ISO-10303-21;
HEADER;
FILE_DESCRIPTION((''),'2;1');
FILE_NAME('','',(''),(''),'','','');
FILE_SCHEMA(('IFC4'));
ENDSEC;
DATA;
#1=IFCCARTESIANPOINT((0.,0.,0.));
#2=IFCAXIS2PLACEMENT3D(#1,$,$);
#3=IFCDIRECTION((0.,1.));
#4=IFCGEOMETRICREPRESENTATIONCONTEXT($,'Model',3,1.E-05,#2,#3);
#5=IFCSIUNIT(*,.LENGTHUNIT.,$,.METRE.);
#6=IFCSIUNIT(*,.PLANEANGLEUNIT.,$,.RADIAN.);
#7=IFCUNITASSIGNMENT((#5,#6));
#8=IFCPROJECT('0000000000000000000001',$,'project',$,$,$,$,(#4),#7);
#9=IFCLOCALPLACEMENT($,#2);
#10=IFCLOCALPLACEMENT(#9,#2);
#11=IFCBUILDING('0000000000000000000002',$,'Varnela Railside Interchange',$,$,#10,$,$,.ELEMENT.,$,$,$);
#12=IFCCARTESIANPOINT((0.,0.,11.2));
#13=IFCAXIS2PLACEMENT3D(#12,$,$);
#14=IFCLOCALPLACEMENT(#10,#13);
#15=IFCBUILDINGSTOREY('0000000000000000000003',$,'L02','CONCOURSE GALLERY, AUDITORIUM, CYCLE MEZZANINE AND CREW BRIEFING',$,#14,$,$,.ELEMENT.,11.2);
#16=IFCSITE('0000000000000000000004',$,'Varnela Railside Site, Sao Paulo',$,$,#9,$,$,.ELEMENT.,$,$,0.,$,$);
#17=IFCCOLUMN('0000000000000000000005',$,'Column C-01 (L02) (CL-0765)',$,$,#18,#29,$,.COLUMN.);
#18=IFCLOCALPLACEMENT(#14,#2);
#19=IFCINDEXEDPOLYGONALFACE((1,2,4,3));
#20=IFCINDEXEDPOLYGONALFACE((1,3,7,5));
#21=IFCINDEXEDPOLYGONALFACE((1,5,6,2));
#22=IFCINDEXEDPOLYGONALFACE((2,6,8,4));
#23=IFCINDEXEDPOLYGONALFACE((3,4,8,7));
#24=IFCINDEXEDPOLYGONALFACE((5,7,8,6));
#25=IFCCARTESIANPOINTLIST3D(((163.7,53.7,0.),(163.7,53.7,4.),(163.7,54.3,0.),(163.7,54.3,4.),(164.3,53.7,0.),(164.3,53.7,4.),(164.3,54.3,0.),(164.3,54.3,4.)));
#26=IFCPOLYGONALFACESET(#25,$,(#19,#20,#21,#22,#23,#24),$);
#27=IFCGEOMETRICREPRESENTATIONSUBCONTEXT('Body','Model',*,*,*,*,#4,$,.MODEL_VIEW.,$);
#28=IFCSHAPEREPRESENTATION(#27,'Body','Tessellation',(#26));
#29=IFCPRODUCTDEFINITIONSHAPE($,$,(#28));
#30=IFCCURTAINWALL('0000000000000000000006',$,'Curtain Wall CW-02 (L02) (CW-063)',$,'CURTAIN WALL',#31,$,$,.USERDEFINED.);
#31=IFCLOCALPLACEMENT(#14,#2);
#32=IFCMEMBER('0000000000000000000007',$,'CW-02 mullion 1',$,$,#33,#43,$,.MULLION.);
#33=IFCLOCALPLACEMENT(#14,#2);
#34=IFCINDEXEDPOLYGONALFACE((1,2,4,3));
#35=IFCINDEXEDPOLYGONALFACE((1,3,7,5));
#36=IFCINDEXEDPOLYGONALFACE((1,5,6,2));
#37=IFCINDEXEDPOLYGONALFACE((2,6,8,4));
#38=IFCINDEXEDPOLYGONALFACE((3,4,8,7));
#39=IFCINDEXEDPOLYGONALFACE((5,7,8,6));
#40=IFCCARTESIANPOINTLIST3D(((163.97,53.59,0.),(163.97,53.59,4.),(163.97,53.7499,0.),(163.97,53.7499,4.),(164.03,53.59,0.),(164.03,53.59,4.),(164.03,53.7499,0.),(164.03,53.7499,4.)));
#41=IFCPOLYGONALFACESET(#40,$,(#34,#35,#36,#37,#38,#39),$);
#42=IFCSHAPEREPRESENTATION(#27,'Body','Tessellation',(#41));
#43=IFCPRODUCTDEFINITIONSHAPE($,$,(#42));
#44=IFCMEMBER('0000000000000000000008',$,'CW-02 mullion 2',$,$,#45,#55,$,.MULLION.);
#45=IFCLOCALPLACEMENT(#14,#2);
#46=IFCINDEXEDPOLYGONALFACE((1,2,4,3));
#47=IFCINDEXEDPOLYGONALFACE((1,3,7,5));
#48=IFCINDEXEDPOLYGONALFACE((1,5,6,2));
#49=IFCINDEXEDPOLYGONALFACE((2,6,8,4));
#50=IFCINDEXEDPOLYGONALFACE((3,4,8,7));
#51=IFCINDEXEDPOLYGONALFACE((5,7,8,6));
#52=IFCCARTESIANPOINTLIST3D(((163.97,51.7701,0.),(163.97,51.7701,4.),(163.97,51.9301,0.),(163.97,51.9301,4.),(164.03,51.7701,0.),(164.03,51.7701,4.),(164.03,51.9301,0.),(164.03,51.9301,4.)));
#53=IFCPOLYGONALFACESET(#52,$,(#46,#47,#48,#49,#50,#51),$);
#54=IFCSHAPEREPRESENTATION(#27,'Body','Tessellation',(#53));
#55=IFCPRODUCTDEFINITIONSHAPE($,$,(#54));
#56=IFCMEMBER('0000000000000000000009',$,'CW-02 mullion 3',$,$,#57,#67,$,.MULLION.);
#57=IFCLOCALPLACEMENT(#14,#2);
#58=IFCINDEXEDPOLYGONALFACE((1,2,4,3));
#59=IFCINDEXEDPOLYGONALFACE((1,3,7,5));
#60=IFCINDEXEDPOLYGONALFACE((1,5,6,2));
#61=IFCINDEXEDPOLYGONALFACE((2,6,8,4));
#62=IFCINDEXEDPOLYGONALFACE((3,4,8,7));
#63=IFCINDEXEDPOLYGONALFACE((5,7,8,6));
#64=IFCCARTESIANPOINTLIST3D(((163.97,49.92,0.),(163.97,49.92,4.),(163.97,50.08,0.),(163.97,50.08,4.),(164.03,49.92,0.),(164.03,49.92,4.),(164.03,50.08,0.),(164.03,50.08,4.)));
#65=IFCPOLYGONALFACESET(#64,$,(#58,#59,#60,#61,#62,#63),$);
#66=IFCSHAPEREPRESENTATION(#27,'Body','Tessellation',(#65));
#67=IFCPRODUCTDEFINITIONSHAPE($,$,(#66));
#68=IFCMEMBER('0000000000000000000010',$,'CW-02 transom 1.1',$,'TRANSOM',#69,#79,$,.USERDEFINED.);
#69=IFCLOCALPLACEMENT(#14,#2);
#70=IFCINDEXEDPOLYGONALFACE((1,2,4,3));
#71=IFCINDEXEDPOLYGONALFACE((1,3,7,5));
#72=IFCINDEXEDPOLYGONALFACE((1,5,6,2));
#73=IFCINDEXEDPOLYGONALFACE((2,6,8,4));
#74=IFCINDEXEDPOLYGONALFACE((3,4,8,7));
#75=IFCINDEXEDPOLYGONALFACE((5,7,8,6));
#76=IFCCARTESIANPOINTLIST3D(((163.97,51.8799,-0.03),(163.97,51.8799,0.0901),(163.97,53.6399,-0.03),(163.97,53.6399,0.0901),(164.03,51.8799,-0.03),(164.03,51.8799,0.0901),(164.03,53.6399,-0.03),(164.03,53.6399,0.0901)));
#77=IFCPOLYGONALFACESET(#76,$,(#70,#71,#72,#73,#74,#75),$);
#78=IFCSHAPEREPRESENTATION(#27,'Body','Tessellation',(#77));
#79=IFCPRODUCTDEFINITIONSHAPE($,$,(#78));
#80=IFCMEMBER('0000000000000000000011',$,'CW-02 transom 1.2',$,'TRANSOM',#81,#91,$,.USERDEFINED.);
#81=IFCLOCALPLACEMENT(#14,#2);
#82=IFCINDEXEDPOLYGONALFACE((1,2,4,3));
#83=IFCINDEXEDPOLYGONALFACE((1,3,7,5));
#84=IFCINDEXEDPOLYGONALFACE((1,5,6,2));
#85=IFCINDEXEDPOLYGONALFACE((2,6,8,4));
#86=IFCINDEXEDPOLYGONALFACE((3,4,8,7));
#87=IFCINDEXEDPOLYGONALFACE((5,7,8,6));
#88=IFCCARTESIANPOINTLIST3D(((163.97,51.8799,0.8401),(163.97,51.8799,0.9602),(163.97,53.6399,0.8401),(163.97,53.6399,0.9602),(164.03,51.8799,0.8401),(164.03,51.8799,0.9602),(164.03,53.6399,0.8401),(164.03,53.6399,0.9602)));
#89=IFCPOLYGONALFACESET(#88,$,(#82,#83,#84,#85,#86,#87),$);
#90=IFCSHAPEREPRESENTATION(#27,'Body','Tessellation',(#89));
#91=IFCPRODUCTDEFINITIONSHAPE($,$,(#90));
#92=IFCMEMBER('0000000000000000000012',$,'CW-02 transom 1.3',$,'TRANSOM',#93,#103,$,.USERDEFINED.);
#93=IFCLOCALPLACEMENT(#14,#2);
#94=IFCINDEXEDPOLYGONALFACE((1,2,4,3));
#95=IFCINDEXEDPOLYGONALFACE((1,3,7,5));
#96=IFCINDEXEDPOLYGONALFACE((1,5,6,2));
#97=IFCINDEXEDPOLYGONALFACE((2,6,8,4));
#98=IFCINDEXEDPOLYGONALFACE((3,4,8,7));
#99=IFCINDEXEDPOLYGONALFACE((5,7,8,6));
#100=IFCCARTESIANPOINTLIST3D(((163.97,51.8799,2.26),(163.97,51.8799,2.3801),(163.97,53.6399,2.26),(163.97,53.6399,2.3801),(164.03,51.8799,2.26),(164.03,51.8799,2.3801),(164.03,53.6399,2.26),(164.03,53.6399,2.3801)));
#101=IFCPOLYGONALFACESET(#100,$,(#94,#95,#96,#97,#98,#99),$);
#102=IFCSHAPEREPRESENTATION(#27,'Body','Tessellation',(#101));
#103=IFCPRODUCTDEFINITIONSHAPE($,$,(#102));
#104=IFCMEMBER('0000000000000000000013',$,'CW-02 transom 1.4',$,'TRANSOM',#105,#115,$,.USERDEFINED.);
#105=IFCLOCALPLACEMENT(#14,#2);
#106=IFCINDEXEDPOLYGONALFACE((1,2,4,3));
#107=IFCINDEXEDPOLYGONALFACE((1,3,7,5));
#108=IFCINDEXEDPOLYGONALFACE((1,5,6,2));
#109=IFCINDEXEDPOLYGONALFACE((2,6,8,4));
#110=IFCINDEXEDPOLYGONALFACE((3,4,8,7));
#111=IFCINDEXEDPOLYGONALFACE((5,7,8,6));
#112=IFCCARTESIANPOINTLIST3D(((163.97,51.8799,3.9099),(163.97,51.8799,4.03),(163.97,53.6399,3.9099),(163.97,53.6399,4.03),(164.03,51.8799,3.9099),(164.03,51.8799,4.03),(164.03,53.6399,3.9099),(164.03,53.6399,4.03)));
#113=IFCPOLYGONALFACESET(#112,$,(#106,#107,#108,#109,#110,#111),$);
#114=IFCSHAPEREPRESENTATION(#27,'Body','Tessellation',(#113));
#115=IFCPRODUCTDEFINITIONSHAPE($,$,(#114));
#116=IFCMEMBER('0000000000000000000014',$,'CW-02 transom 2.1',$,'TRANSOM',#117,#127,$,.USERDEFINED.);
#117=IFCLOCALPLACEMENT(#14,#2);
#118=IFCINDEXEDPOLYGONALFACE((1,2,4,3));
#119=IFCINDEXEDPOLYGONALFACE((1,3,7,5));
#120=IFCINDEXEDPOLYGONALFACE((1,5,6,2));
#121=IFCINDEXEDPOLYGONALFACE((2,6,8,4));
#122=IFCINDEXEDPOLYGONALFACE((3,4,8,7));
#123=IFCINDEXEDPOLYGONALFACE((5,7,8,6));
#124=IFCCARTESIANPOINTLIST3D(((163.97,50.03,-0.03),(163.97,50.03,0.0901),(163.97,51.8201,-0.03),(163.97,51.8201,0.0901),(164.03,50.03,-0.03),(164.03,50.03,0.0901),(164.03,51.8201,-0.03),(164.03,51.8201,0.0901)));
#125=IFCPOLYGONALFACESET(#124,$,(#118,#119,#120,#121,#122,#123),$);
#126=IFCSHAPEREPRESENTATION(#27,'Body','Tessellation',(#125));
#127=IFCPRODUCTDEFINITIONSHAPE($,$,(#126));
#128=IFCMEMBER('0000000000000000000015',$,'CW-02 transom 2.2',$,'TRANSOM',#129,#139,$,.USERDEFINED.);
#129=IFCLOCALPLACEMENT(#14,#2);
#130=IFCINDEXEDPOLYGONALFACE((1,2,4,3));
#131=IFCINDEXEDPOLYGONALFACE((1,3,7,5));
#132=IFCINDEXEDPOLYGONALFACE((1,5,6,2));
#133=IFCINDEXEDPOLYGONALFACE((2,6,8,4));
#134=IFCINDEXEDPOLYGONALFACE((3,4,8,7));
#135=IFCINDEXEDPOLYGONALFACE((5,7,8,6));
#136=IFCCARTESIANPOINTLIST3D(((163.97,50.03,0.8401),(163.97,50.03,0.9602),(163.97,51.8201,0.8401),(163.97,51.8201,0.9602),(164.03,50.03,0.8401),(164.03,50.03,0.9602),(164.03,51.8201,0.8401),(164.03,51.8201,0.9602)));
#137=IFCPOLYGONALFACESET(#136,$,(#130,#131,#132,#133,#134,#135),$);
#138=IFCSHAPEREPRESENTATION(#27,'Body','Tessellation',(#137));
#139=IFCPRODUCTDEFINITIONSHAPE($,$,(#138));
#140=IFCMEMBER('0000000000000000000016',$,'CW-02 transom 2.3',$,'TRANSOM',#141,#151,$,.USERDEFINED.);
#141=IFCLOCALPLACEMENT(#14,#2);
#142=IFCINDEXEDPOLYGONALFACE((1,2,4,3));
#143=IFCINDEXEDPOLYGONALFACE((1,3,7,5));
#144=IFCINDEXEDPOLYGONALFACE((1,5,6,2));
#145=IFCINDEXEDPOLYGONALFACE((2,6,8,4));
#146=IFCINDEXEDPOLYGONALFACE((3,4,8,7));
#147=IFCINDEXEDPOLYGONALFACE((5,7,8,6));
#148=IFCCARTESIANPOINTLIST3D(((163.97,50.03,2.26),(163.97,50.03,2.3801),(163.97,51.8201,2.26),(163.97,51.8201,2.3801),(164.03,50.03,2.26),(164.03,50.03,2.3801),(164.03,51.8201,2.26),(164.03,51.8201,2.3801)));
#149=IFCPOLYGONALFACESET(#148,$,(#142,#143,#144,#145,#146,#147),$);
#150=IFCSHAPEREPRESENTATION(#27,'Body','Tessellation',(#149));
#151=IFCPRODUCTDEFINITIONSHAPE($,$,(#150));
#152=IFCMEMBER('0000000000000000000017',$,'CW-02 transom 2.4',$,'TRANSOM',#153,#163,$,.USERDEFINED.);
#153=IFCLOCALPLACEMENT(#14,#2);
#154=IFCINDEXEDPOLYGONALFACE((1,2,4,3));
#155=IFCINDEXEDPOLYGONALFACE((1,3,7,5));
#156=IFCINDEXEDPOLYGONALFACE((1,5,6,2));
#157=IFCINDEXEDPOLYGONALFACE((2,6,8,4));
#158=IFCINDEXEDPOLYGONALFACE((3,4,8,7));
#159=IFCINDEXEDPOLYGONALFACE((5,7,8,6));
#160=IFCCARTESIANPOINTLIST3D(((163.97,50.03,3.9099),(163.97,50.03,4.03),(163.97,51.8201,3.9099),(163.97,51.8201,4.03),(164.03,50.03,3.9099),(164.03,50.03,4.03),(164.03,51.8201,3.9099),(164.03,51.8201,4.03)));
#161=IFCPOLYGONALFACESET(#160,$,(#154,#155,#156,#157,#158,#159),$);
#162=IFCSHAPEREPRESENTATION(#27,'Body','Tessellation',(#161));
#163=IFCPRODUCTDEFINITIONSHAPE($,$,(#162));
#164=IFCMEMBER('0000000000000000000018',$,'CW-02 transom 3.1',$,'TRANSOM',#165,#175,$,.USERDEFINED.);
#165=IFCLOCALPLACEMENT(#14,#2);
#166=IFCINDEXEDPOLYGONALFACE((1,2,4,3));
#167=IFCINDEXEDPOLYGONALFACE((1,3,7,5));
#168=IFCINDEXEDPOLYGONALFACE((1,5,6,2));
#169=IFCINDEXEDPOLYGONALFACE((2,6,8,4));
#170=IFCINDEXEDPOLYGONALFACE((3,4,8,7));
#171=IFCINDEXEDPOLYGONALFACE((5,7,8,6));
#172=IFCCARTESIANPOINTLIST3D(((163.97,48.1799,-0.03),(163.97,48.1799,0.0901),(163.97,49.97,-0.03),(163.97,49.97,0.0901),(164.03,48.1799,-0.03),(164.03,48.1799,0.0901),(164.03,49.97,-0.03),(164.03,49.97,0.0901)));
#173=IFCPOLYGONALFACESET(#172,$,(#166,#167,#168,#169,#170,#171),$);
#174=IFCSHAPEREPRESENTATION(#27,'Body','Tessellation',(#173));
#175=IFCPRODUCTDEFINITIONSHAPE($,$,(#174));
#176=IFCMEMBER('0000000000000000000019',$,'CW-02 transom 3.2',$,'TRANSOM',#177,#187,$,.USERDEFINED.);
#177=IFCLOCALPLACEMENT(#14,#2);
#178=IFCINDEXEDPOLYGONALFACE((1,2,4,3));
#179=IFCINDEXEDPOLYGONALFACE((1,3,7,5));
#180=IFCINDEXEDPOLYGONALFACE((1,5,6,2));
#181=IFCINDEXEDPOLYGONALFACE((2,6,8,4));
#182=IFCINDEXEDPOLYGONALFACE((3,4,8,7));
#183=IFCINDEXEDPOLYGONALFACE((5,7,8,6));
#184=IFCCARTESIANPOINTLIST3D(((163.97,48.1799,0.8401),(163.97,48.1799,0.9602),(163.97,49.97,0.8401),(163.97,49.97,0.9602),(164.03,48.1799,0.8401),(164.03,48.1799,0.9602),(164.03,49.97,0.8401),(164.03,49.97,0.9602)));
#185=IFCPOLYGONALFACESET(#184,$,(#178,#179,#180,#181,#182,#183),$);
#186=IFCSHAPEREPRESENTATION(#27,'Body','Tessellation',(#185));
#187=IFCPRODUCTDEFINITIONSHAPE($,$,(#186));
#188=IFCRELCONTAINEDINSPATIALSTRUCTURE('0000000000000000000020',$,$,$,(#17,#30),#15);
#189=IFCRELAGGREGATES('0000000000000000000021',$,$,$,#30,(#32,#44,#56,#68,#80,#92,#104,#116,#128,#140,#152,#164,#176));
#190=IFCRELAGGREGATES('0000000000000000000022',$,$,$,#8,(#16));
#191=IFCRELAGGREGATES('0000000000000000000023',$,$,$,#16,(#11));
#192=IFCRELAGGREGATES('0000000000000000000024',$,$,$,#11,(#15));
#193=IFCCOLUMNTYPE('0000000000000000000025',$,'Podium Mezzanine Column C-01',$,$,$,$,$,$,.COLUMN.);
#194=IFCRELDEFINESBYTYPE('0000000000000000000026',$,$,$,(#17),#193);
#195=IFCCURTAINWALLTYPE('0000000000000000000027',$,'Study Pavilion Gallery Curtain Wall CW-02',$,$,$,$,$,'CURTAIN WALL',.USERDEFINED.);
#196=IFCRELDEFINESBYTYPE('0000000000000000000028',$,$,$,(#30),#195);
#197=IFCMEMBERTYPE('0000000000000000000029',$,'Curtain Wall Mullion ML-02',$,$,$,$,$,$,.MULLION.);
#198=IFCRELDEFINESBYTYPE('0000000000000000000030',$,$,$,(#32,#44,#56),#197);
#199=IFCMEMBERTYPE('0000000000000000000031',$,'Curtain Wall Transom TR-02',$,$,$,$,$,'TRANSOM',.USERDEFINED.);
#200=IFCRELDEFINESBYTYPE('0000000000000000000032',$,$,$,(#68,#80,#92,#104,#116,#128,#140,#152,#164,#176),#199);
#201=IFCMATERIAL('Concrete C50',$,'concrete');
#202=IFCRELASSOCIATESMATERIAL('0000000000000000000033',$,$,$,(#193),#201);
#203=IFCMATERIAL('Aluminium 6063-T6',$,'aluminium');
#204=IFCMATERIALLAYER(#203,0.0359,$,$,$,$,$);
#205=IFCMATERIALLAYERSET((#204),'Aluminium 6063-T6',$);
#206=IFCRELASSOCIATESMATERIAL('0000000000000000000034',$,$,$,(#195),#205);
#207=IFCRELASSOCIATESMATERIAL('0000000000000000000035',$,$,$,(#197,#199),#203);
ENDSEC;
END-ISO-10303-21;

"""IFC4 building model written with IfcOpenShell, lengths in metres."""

from ifc_helpers import new_model, si_unit, direction, frame, origin, origin_2d, place, context, subcontext, project, spatial, rectangle, extrude, material, layer, layer_set, material_profile, profile_set, type_object, element, aggregate, save


model = new_model("IFC4")

# Units and contexts
model_context = context("Model", 3, precision=1e-05, world=origin(), true_north=direction((0.0, 1.0)))
body_context = subcontext(model_context, "Body", "Model", "MODEL_VIEW")
ifc_project = project(units=[si_unit("LENGTHUNIT", "METRE"), si_unit("PLANEANGLEUNIT", "RADIAN")], contexts=[model_context])

# Site, building, storey
site_placement = place(None, origin())
site = spatial("IfcSite", under=ifc_project, at=site_placement, Name="Varnela Railside Site, Sao Paulo", CompositionType="ELEMENT", RefElevation=0.0)
building_placement = place(site_placement, origin())
building = spatial("IfcBuilding", under=site, at=building_placement, Name="Varnela Railside Interchange", CompositionType="ELEMENT")
storey_placement = place(building_placement, frame((0.0, 0.0, 11.2)))
storey = spatial("IfcBuildingStorey", under=building, at=storey_placement, Name="L02", Description="CONCOURSE GALLERY, AUDITORIUM, CYCLE MEZZANINE AND CREW BRIEFING", CompositionType="ELEMENT", Elevation=11.2)

# Column
ifc_material_1 = material(Name="Concrete C50", Category="concrete")
ifc_material_profile_1 = material_profile(ifc_material_1, rectangle(XDim=0.6001, YDim=0.6001, at=origin_2d()), Name="RC 600x600")
ifc_profile_set_1 = profile_set([ifc_material_profile_1], Name="Concrete C50")
column_type = type_object("IfcColumnType", Name="Podium Mezzanine Column C-01", PredefinedType="COLUMN", material=ifc_profile_set_1)
column_placement = place(storey_placement, frame((164.0, 54.0, 0.0), z_axis=(0.0, 0.0, 1.0), x_axis=(1.0, 0.0, 0.0)))
element("IfcColumn", 1, at=column_placement, inside=storey, type_object=column_type, Name="Column C-01 (L02) (CL-0765)", PredefinedType="COLUMN", context=body_context, shape_type="SweptSolid", body=[
    extrude(rectangle(XDim=0.6001, YDim=0.6001, at=origin_2d()), origin(), (0.0, 0.0, 1.0), 4.0),
])

# Curtain wall, members
ifc_material_2 = material(Name="Aluminium 6063-T6", Category="aluminium")
ifc_layer_1 = layer(ifc_material_2, 0.0359)
ifc_layer_set_1 = layer_set([ifc_layer_1], Name="Aluminium 6063-T6")
curtain_wall_type = type_object("IfcCurtainWallType", Name="Study Pavilion Gallery Curtain Wall CW-02", ElementType="CURTAIN WALL", PredefinedType="USERDEFINED", material=ifc_layer_set_1)
curtain_wall_placement = place(storey_placement, origin())
curtain_wall = element("IfcCurtainWall", 2, at=curtain_wall_placement, inside=storey, type_object=curtain_wall_type, Name="Curtain Wall CW-02 (L02) (CW-063)", ObjectType="CURTAIN WALL", PredefinedType="USERDEFINED")
ifc_material_profile_2 = material_profile(ifc_material_2, rectangle(XDim=0.0601, YDim=0.1599, at=origin_2d()), Name="ALU 60x160")
ifc_profile_set_2 = profile_set([ifc_material_profile_2], Name="Aluminium 6063-T6")
member_type_1 = type_object("IfcMemberType", Name="Curtain Wall Mullion ML-02", PredefinedType="MULLION", material=ifc_profile_set_2)
member_1_placement = place(storey_placement, frame((164.0, 53.6699, 0.0), z_axis=(0.0, 0.0, 1.0), x_axis=(1.0, 0.0, 0.0)))
member_1 = element("IfcMember", 3, at=member_1_placement, type_object=member_type_1, Name="CW-02 mullion 1", PredefinedType="MULLION", context=body_context, shape_type="SweptSolid", body=[
    extrude(rectangle(XDim=0.0601, YDim=0.1599, at=origin_2d()), origin(), (0.0, 0.0, 1.0), 4.0),
])
member_2_placement = place(storey_placement, frame((164.0, 51.8501, 0.0), z_axis=(0.0, 0.0, 1.0), x_axis=(1.0, 0.0, 0.0)))
member_2 = element("IfcMember", 4, at=member_2_placement, type_object=member_type_1, Name="CW-02 mullion 2", PredefinedType="MULLION", context=body_context, shape_type="SweptSolid", body=[
    extrude(rectangle(XDim=0.0601, YDim=0.1599, at=origin_2d()), origin(), (0.0, 0.0, 1.0), 4.0),
])
member_3_placement = place(storey_placement, frame((164.0, 50.0, 0.0), z_axis=(0.0, 0.0, 1.0), x_axis=(1.0, 0.0, 0.0)))
member_3 = element("IfcMember", 5, at=member_3_placement, type_object=member_type_1, Name="CW-02 mullion 3", PredefinedType="MULLION", context=body_context, shape_type="SweptSolid", body=[
    extrude(rectangle(XDim=0.0601, YDim=0.1599, at=origin_2d()), origin(), (0.0, 0.0, 1.0), 4.0),
])
ifc_material_profile_3 = material_profile(ifc_material_2, rectangle(XDim=0.0601, YDim=0.1201, at=origin_2d()), Name="ALU 60x120")
ifc_profile_set_3 = profile_set([ifc_material_profile_3], Name="Aluminium 6063-T6")
member_type_2 = type_object("IfcMemberType", Name="Curtain Wall Transom TR-02", ElementType="TRANSOM", PredefinedType="USERDEFINED", material=ifc_profile_set_3)
member_4_placement = place(storey_placement, frame((164.0, 53.6399, 0.03), z_axis=(0.0, -1.0, 0.0), x_axis=(1.0, 0.0, 0.0)))
member_4 = element("IfcMember", 6, at=member_4_placement, type_object=member_type_2, Name="CW-02 transom 1.1", ObjectType="TRANSOM", PredefinedType="USERDEFINED", context=body_context, shape_type="SweptSolid", body=[
    extrude(rectangle(XDim=0.0601, YDim=0.1201, at=origin_2d()), origin(), (0.0, 0.0, 1.0), 1.76),
])
member_5_placement = place(storey_placement, frame((164.0, 53.6399, 0.9001), z_axis=(0.0, -1.0, 0.0), x_axis=(1.0, 0.0, 0.0)))
member_5 = element("IfcMember", 7, at=member_5_placement, type_object=member_type_2, Name="CW-02 transom 1.2", ObjectType="TRANSOM", PredefinedType="USERDEFINED", context=body_context, shape_type="SweptSolid", body=[
    extrude(rectangle(XDim=0.0601, YDim=0.1201, at=origin_2d()), origin(), (0.0, 0.0, 1.0), 1.76),
])
member_6_placement = place(storey_placement, frame((164.0, 53.6399, 2.3201), z_axis=(0.0, -1.0, 0.0), x_axis=(1.0, 0.0, 0.0)))
member_6 = element("IfcMember", 8, at=member_6_placement, type_object=member_type_2, Name="CW-02 transom 1.3", ObjectType="TRANSOM", PredefinedType="USERDEFINED", context=body_context, shape_type="SweptSolid", body=[
    extrude(rectangle(XDim=0.0601, YDim=0.1201, at=origin_2d()), origin(), (0.0, 0.0, 1.0), 1.76),
])
member_7_placement = place(storey_placement, frame((164.0, 53.6399, 3.97), z_axis=(0.0, -1.0, 0.0), x_axis=(1.0, 0.0, 0.0)))
member_7 = element("IfcMember", 9, at=member_7_placement, type_object=member_type_2, Name="CW-02 transom 1.4", ObjectType="TRANSOM", PredefinedType="USERDEFINED", context=body_context, shape_type="SweptSolid", body=[
    extrude(rectangle(XDim=0.0601, YDim=0.1201, at=origin_2d()), origin(), (0.0, 0.0, 1.0), 1.76),
])
member_8_placement = place(storey_placement, frame((164.0, 51.8201, 0.03), z_axis=(0.0, -1.0, 0.0), x_axis=(1.0, 0.0, 0.0)))
member_8 = element("IfcMember", 10, at=member_8_placement, type_object=member_type_2, Name="CW-02 transom 2.1", ObjectType="TRANSOM", PredefinedType="USERDEFINED", context=body_context, shape_type="SweptSolid", body=[
    extrude(rectangle(XDim=0.0601, YDim=0.1201, at=origin_2d()), origin(), (0.0, 0.0, 1.0), 1.79),
])
member_9_placement = place(storey_placement, frame((164.0, 51.8201, 0.9001), z_axis=(0.0, -1.0, 0.0), x_axis=(1.0, 0.0, 0.0)))
member_9 = element("IfcMember", 11, at=member_9_placement, type_object=member_type_2, Name="CW-02 transom 2.2", ObjectType="TRANSOM", PredefinedType="USERDEFINED", context=body_context, shape_type="SweptSolid", body=[
    extrude(rectangle(XDim=0.0601, YDim=0.1201, at=origin_2d()), origin(), (0.0, 0.0, 1.0), 1.79),
])
member_10_placement = place(storey_placement, frame((164.0, 51.8201, 2.3201), z_axis=(0.0, -1.0, 0.0), x_axis=(1.0, 0.0, 0.0)))
member_10 = element("IfcMember", 12, at=member_10_placement, type_object=member_type_2, Name="CW-02 transom 2.3", ObjectType="TRANSOM", PredefinedType="USERDEFINED", context=body_context, shape_type="SweptSolid", body=[
    extrude(rectangle(XDim=0.0601, YDim=0.1201, at=origin_2d()), origin(), (0.0, 0.0, 1.0), 1.79),
])
member_11_placement = place(storey_placement, frame((164.0, 51.8201, 3.97), z_axis=(0.0, -1.0, 0.0), x_axis=(1.0, 0.0, 0.0)))
member_11 = element("IfcMember", 13, at=member_11_placement, type_object=member_type_2, Name="CW-02 transom 2.4", ObjectType="TRANSOM", PredefinedType="USERDEFINED", context=body_context, shape_type="SweptSolid", body=[
    extrude(rectangle(XDim=0.0601, YDim=0.1201, at=origin_2d()), origin(), (0.0, 0.0, 1.0), 1.79),
])
member_12_placement = place(storey_placement, frame((164.0, 49.97, 0.03), z_axis=(0.0, -1.0, 0.0), x_axis=(1.0, 0.0, 0.0)))
member_12 = element("IfcMember", 14, at=member_12_placement, type_object=member_type_2, Name="CW-02 transom 3.1", ObjectType="TRANSOM", PredefinedType="USERDEFINED", context=body_context, shape_type="SweptSolid", body=[
    extrude(rectangle(XDim=0.0601, YDim=0.1201, at=origin_2d()), origin(), (0.0, 0.0, 1.0), 1.79),
])
member_13_placement = place(storey_placement, frame((164.0, 49.97, 0.9001), z_axis=(0.0, -1.0, 0.0), x_axis=(1.0, 0.0, 0.0)))
member_13 = element("IfcMember", 15, at=member_13_placement, type_object=member_type_2, Name="CW-02 transom 3.2", ObjectType="TRANSOM", PredefinedType="USERDEFINED", context=body_context, shape_type="SweptSolid", body=[
    extrude(rectangle(XDim=0.0601, YDim=0.1201, at=origin_2d()), origin(), (0.0, 0.0, 1.0), 1.79),
])

aggregate(curtain_wall, [member_1, member_2, member_3, member_4, member_5, member_6, member_7, member_8, member_9, member_10, member_11, member_12, member_13])

save(model, "model.ifc")
